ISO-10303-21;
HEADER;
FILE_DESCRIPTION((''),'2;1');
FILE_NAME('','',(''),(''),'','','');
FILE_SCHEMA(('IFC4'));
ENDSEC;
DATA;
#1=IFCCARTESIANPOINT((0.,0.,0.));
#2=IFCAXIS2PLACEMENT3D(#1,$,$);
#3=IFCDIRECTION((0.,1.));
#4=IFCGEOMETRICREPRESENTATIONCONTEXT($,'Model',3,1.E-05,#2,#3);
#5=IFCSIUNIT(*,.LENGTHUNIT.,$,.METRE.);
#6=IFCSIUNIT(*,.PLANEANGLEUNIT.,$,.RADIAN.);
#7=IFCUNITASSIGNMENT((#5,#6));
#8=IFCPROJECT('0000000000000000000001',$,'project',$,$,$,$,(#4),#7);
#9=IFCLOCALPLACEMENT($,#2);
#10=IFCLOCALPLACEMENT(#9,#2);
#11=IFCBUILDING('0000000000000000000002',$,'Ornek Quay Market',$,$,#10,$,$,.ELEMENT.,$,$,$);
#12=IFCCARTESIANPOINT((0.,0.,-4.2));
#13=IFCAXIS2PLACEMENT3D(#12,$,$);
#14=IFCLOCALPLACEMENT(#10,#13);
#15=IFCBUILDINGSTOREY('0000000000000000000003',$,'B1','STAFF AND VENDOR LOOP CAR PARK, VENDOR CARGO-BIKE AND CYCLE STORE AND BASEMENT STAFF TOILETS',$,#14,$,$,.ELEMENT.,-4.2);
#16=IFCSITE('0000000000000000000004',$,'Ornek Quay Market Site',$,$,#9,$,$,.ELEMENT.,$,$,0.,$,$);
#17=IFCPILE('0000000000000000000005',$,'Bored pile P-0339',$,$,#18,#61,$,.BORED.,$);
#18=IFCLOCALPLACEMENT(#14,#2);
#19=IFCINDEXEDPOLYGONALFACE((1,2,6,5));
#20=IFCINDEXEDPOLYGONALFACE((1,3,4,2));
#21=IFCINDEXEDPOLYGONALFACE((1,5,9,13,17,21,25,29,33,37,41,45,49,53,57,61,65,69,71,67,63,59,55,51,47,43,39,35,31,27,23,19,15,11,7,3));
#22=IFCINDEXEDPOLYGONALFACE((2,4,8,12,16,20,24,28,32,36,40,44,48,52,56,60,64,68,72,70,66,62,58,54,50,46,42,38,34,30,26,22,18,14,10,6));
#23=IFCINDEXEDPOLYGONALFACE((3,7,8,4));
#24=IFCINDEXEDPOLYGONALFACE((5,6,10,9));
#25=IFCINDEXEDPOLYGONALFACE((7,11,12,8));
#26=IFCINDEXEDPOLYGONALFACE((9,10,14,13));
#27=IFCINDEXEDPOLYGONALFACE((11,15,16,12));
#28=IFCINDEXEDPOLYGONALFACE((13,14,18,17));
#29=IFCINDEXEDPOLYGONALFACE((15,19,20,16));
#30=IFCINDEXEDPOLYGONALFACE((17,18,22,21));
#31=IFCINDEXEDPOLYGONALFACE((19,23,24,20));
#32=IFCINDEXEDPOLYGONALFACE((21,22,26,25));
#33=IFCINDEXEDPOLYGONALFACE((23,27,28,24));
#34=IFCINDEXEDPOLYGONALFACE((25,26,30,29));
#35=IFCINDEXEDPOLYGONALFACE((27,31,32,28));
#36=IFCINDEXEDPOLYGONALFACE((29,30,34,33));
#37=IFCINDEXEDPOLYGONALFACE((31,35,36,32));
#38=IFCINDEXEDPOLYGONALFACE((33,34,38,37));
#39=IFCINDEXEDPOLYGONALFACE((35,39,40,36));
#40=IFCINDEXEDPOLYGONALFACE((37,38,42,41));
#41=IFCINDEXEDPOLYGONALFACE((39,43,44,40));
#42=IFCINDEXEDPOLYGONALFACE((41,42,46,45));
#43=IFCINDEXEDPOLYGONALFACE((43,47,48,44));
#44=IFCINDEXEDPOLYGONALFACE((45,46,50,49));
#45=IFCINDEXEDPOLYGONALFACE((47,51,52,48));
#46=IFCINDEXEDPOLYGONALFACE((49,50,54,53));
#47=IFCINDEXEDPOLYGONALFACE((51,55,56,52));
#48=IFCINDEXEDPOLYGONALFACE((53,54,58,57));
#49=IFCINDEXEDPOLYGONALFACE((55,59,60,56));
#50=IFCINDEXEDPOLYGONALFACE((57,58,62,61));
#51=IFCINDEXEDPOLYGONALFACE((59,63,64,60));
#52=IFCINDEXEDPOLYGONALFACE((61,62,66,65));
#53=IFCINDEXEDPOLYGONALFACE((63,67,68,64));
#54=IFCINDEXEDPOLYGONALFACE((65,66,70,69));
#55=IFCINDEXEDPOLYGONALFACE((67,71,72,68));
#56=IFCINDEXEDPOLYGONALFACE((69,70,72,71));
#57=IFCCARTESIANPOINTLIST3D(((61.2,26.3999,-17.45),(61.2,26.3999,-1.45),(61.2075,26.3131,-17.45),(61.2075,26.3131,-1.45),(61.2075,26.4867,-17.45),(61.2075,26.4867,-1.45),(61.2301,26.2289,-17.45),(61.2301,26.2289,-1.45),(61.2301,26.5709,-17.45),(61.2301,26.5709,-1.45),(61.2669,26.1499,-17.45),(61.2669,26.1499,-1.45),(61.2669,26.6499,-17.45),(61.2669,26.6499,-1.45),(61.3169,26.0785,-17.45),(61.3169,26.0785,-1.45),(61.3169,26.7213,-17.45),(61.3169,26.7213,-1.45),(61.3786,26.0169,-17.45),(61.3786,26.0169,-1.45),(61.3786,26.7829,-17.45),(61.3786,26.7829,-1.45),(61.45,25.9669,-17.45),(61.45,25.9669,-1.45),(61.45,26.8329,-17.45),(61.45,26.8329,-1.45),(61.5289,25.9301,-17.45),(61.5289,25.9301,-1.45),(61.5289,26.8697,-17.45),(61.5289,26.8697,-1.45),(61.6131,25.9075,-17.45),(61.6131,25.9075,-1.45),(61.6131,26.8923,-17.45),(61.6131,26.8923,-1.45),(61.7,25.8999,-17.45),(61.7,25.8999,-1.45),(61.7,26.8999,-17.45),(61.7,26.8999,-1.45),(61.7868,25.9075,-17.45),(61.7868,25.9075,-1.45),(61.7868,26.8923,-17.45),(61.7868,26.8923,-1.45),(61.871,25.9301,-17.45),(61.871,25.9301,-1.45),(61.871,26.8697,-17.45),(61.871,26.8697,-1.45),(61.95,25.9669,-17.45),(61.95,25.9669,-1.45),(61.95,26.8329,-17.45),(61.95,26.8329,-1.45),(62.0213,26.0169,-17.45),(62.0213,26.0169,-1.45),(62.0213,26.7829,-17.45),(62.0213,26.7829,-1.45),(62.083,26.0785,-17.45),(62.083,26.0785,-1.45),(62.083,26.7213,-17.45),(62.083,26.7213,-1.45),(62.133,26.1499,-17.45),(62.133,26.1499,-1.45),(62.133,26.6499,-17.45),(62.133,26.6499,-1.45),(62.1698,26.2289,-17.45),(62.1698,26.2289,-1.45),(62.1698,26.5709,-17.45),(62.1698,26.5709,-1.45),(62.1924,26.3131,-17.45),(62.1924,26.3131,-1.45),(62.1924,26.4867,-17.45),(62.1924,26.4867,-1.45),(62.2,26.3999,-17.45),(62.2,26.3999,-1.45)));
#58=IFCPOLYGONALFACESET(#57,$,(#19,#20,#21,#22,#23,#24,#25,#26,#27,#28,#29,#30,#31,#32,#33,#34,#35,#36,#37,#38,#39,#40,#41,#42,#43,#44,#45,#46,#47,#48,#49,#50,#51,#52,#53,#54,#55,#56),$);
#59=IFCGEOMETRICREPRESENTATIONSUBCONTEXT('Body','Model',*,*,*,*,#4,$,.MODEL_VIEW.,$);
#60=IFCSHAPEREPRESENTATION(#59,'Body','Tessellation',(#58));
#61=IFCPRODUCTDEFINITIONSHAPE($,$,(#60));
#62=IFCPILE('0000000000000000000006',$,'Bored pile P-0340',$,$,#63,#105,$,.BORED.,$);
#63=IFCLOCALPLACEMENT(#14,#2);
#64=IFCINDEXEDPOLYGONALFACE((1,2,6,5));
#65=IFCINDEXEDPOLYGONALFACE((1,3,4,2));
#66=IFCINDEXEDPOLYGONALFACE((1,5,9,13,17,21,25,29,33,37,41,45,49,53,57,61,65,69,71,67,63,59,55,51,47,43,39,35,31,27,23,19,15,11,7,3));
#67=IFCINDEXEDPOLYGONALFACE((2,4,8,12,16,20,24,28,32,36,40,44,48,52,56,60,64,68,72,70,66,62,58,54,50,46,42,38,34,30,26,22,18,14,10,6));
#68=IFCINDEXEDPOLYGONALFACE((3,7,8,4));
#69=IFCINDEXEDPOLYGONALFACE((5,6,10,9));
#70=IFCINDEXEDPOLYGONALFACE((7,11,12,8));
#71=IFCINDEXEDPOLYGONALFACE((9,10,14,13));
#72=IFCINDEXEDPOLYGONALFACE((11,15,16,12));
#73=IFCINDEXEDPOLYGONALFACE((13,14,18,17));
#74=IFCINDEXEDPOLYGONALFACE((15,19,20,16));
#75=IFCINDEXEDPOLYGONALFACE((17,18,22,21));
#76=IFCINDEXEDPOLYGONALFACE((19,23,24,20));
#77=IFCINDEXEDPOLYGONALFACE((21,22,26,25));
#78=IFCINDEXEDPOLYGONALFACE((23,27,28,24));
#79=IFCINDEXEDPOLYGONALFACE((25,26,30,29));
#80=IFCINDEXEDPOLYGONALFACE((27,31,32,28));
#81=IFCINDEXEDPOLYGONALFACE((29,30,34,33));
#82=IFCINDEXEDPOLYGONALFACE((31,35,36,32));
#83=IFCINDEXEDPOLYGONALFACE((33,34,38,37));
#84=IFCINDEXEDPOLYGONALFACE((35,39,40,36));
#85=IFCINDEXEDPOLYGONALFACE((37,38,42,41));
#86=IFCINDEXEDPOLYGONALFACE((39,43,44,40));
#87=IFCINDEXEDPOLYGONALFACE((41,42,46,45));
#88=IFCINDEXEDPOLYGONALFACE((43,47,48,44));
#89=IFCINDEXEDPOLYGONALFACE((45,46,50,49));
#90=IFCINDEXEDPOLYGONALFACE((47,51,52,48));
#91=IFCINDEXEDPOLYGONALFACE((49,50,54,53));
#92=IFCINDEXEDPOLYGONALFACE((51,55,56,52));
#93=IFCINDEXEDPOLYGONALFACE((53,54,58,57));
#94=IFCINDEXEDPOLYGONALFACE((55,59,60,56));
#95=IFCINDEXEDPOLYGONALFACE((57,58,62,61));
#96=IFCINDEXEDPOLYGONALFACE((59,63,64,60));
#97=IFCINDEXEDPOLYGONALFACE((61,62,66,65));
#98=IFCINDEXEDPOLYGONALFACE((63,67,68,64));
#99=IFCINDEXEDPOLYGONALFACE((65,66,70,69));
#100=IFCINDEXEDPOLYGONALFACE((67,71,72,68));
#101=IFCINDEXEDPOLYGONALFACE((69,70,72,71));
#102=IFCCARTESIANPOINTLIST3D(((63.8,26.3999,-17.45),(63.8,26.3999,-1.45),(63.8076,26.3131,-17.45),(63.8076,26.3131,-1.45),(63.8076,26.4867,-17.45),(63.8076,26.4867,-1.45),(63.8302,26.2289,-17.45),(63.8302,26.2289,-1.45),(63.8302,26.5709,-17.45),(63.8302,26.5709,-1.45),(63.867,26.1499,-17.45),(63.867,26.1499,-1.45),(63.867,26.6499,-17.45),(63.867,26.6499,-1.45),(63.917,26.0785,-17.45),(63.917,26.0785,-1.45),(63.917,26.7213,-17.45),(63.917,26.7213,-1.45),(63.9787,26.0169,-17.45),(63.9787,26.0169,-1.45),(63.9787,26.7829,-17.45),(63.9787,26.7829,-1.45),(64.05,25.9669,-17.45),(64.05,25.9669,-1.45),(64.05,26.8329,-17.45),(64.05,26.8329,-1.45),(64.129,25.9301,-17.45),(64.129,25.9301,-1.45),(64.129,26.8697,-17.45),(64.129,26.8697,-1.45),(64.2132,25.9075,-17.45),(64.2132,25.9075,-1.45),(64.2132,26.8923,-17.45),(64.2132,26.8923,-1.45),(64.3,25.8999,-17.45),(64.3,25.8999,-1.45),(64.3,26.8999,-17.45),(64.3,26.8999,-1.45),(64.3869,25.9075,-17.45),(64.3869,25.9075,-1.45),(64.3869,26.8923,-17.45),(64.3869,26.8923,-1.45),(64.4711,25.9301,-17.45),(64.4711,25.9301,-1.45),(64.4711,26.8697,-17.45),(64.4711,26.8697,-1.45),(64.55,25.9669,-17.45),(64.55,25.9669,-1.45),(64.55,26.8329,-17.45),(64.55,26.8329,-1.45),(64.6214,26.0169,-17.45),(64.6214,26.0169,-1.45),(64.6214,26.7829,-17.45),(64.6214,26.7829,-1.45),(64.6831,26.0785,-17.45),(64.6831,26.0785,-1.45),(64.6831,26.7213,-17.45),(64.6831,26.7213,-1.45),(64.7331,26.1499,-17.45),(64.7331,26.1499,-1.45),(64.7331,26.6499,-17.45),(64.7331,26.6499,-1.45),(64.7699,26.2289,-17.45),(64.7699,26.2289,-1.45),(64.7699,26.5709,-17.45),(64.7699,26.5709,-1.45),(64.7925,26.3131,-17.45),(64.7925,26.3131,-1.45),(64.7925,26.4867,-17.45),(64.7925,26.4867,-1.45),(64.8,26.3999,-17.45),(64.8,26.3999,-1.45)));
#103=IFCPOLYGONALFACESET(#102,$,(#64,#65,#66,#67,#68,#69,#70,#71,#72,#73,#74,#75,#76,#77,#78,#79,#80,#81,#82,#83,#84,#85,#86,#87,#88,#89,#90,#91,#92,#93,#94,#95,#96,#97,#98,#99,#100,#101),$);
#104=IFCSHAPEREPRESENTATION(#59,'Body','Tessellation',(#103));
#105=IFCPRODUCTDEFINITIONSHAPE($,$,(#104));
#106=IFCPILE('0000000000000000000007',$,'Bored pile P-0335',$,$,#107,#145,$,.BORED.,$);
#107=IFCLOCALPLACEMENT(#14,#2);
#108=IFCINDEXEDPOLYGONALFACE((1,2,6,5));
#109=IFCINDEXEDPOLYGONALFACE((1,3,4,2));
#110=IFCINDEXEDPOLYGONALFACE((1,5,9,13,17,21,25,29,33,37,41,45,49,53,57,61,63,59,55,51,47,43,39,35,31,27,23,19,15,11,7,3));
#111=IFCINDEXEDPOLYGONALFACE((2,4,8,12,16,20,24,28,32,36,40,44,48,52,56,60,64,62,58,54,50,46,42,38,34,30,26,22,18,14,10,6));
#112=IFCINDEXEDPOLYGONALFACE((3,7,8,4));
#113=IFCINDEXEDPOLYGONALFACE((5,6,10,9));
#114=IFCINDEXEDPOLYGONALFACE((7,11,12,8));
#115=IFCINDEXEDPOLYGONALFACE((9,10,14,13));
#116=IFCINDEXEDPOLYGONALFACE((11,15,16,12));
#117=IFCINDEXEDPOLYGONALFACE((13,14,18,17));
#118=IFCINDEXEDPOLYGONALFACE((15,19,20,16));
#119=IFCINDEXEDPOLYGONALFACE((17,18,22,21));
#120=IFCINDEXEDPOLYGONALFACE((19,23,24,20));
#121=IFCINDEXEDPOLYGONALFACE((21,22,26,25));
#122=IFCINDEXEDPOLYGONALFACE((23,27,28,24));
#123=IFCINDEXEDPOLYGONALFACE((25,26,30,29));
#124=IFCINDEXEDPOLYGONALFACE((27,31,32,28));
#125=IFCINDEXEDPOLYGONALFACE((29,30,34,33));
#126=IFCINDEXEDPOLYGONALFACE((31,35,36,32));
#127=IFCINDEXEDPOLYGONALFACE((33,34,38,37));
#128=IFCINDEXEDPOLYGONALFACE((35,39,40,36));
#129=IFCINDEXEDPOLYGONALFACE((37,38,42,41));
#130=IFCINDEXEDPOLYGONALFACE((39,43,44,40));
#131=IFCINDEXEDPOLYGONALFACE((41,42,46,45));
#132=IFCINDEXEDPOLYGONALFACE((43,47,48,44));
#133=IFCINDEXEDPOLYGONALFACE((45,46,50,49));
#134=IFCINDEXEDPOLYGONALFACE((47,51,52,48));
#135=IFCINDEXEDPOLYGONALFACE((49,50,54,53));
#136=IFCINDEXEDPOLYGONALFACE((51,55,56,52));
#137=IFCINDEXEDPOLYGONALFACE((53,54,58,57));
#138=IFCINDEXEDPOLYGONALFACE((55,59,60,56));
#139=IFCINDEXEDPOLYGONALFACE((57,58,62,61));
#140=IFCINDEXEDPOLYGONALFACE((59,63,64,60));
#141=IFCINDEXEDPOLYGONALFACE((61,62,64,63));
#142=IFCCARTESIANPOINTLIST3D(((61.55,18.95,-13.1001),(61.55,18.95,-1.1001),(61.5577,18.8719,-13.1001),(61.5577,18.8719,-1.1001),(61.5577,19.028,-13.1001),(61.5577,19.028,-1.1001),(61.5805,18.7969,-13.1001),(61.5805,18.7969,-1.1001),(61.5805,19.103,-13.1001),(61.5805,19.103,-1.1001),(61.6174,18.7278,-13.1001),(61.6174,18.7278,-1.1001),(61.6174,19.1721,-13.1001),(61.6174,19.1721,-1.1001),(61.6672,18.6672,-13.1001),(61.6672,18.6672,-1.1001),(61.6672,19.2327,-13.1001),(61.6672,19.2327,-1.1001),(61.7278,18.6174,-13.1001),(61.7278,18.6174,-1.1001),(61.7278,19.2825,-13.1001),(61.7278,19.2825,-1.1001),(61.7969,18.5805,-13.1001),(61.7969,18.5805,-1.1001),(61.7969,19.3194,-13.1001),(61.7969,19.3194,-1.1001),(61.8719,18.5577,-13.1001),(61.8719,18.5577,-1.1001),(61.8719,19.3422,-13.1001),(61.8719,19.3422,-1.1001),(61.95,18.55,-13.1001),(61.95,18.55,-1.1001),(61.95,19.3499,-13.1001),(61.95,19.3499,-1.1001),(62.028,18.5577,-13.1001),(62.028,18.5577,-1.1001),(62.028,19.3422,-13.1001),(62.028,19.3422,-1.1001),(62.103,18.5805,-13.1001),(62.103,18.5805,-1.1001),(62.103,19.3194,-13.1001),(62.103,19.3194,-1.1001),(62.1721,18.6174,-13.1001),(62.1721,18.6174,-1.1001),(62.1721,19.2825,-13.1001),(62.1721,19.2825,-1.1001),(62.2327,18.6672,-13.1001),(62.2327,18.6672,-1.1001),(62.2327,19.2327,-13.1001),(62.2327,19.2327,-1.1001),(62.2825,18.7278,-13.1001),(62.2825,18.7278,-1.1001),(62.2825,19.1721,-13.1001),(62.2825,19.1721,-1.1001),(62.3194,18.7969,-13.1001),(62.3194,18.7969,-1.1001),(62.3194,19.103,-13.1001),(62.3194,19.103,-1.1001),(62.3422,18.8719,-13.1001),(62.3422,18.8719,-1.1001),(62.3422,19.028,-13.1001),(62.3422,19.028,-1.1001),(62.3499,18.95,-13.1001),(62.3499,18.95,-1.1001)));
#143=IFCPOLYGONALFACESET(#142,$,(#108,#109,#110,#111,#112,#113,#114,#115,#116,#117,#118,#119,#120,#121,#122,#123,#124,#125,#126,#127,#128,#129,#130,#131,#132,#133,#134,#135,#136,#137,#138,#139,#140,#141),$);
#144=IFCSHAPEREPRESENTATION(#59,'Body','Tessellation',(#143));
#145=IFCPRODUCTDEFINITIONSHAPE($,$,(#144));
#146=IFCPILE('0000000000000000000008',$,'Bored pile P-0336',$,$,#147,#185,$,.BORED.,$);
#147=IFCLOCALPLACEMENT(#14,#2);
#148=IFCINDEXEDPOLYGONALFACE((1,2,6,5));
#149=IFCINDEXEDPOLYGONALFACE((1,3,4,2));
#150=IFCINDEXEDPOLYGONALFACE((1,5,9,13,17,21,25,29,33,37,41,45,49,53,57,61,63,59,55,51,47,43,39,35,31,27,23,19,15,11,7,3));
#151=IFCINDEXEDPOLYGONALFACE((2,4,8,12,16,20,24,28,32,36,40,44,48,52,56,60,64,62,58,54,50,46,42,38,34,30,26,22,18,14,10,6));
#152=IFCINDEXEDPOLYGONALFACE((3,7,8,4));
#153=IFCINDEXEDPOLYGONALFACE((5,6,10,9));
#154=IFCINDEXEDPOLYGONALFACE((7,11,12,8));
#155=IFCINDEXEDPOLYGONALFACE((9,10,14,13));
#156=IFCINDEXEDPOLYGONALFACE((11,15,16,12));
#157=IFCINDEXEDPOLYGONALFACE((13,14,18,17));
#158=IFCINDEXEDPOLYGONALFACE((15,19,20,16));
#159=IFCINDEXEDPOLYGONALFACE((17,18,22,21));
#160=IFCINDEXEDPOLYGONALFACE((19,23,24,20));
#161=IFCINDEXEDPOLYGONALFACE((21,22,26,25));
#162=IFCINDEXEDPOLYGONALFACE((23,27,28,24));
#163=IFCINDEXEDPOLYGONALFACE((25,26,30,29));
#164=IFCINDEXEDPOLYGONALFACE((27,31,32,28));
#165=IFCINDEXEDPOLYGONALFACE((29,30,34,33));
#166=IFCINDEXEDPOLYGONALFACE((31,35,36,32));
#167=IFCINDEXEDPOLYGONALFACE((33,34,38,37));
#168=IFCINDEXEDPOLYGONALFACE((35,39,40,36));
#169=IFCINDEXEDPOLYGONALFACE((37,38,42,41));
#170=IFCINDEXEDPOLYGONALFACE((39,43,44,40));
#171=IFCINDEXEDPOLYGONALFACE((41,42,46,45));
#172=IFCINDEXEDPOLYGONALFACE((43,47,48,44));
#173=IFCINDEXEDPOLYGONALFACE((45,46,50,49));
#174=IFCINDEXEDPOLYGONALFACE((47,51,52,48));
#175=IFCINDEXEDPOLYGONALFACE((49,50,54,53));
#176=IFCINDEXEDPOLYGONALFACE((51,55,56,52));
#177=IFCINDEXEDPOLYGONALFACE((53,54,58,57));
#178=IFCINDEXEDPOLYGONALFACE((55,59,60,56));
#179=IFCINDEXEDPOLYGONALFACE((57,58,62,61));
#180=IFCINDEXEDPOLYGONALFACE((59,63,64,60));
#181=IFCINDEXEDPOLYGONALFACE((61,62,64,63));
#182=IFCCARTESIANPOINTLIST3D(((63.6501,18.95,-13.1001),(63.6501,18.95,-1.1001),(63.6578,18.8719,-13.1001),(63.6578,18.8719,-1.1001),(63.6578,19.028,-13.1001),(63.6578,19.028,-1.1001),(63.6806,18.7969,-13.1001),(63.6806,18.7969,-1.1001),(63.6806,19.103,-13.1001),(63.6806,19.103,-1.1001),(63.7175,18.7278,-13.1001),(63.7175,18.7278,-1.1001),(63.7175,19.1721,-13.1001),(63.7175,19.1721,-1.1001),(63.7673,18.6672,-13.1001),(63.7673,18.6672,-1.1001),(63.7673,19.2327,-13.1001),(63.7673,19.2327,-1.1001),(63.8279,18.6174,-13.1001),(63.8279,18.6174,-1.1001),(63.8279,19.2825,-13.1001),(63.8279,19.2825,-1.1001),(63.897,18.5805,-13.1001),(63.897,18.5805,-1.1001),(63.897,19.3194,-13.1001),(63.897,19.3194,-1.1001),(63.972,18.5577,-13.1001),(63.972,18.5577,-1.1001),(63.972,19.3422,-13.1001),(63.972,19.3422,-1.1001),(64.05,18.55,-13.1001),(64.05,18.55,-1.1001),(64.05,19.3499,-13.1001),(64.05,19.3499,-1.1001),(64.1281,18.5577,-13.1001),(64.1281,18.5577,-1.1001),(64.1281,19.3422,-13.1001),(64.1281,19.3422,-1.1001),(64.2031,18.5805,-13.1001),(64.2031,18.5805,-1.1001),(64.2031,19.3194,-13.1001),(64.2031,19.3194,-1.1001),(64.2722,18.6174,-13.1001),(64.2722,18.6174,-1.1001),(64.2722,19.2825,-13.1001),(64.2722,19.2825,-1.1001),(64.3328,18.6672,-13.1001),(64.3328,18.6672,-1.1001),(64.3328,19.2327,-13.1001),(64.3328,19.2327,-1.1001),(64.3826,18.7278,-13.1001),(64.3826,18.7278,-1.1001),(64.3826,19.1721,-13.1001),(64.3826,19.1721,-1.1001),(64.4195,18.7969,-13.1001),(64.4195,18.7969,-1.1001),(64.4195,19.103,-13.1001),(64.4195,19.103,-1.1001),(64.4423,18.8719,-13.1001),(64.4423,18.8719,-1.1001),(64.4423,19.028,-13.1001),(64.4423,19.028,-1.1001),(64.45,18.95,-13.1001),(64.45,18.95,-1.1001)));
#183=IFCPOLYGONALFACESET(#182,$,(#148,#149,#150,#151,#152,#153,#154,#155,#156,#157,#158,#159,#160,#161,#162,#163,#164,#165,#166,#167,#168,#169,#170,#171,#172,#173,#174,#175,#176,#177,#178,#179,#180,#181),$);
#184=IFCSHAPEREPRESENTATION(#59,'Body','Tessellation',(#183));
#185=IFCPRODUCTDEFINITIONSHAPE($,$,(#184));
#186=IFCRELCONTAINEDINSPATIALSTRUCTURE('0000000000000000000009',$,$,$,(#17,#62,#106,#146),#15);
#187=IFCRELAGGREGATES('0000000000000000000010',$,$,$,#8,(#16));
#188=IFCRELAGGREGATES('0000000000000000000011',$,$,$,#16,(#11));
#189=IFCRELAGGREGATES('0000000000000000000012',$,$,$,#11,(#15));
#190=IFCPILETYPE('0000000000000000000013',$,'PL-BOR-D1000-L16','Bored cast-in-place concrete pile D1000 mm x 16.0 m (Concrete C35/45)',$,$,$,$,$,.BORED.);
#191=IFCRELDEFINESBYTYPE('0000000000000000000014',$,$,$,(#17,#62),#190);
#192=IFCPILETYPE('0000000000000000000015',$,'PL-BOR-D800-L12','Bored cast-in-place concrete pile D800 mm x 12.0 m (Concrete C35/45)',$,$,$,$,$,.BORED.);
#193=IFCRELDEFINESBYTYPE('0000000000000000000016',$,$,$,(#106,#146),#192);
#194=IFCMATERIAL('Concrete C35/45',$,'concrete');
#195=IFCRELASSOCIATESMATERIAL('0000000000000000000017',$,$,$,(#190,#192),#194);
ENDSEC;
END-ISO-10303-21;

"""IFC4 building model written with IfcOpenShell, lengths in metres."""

from ifc_helpers import new_model, si_unit, direction, frame, origin, origin_2d, place, context, subcontext, project, spatial, circle, extrude, material, material_profile, profile_set, type_object, element, save


model = new_model("IFC4")

# Units and contexts
model_context = context("Model", 3, precision=1e-05, world=origin(), true_north=direction((0.0, 1.0)))
body_context = subcontext(model_context, "Body", "Model", "MODEL_VIEW")
ifc_project = project(units=[si_unit("LENGTHUNIT", "METRE"), si_unit("PLANEANGLEUNIT", "RADIAN")], contexts=[model_context])

# Site, building, storey
site_placement = place(None, origin())
site = spatial("IfcSite", under=ifc_project, at=site_placement, Name="Ornek Quay Market Site", CompositionType="ELEMENT", RefElevation=0.0)
building_placement = place(site_placement, origin())
building = spatial("IfcBuilding", under=site, at=building_placement, Name="Ornek Quay Market", CompositionType="ELEMENT")
storey_placement = place(building_placement, frame((0.0, 0.0, -4.2)))
storey = spatial("IfcBuildingStorey", under=building, at=storey_placement, Name="B1", Description="STAFF AND VENDOR LOOP CAR PARK, VENDOR CARGO-BIKE AND CYCLE STORE AND BASEMENT STAFF TOILETS", CompositionType="ELEMENT", Elevation=-4.2)

# Piles
ifc_material_1 = material(Name="Concrete C35/45", Category="concrete")
ifc_material_profile_1 = material_profile(ifc_material_1, circle(Radius=0.5, at=origin_2d()), Name="PILE D1000", Category="concrete")
ifc_profile_set_1 = profile_set([ifc_material_profile_1], Name="Concrete C35/45")
pile_type_1 = type_object("IfcPileType", Name="PL-BOR-D1000-L16", Description="Bored cast-in-place concrete pile D1000 mm x 16.0 m (Concrete C35/45)", PredefinedType="BORED", material=ifc_profile_set_1)
for number, where, z_axis, x_axis, name in (
    (1, (61.7, 26.3999, -1.45), (0.0, 0.0, -1.0), (1.0, 0.0, 0.0), "Bored pile P-0339"),
    (2, (64.3, 26.3999, -1.45), (0.0, 0.0, -1.0), (1.0, 0.0, 0.0), "Bored pile P-0340"),
):
    element("IfcPile", number, at=place(storey_placement, frame(where, z_axis=z_axis, x_axis=x_axis)), inside=storey, type_object=pile_type_1, Name=name, PredefinedType="BORED", context=body_context, shape_type="SweptSolid", body=[
        extrude(circle(Radius=0.5, at=origin_2d()), origin(), (0.0, 0.0, 1.0), 16.0),
    ])
ifc_material_profile_2 = material_profile(ifc_material_1, circle(Radius=0.3999, at=origin_2d()), Name="PILE D800", Category="concrete")
ifc_profile_set_2 = profile_set([ifc_material_profile_2], Name="Concrete C35/45")
pile_type_2 = type_object("IfcPileType", Name="PL-BOR-D800-L12", Description="Bored cast-in-place concrete pile D800 mm x 12.0 m (Concrete C35/45)", PredefinedType="BORED", material=ifc_profile_set_2)
for number, where, z_axis, x_axis, name in (
    (3, (61.95, 18.95, -1.1001), (0.0, 0.0, -1.0), (1.0, 0.0, 0.0), "Bored pile P-0335"),
    (4, (64.05, 18.95, -1.1001), (0.0, 0.0, -1.0), (1.0, 0.0, 0.0), "Bored pile P-0336"),
):
    element("IfcPile", number, at=place(storey_placement, frame(where, z_axis=z_axis, x_axis=x_axis)), inside=storey, type_object=pile_type_2, Name=name, PredefinedType="BORED", context=body_context, shape_type="SweptSolid", body=[
        extrude(circle(Radius=0.3999, at=origin_2d()), origin(), (0.0, 0.0, 1.0), 12.0),
    ])

save(model, "model.ifc")
